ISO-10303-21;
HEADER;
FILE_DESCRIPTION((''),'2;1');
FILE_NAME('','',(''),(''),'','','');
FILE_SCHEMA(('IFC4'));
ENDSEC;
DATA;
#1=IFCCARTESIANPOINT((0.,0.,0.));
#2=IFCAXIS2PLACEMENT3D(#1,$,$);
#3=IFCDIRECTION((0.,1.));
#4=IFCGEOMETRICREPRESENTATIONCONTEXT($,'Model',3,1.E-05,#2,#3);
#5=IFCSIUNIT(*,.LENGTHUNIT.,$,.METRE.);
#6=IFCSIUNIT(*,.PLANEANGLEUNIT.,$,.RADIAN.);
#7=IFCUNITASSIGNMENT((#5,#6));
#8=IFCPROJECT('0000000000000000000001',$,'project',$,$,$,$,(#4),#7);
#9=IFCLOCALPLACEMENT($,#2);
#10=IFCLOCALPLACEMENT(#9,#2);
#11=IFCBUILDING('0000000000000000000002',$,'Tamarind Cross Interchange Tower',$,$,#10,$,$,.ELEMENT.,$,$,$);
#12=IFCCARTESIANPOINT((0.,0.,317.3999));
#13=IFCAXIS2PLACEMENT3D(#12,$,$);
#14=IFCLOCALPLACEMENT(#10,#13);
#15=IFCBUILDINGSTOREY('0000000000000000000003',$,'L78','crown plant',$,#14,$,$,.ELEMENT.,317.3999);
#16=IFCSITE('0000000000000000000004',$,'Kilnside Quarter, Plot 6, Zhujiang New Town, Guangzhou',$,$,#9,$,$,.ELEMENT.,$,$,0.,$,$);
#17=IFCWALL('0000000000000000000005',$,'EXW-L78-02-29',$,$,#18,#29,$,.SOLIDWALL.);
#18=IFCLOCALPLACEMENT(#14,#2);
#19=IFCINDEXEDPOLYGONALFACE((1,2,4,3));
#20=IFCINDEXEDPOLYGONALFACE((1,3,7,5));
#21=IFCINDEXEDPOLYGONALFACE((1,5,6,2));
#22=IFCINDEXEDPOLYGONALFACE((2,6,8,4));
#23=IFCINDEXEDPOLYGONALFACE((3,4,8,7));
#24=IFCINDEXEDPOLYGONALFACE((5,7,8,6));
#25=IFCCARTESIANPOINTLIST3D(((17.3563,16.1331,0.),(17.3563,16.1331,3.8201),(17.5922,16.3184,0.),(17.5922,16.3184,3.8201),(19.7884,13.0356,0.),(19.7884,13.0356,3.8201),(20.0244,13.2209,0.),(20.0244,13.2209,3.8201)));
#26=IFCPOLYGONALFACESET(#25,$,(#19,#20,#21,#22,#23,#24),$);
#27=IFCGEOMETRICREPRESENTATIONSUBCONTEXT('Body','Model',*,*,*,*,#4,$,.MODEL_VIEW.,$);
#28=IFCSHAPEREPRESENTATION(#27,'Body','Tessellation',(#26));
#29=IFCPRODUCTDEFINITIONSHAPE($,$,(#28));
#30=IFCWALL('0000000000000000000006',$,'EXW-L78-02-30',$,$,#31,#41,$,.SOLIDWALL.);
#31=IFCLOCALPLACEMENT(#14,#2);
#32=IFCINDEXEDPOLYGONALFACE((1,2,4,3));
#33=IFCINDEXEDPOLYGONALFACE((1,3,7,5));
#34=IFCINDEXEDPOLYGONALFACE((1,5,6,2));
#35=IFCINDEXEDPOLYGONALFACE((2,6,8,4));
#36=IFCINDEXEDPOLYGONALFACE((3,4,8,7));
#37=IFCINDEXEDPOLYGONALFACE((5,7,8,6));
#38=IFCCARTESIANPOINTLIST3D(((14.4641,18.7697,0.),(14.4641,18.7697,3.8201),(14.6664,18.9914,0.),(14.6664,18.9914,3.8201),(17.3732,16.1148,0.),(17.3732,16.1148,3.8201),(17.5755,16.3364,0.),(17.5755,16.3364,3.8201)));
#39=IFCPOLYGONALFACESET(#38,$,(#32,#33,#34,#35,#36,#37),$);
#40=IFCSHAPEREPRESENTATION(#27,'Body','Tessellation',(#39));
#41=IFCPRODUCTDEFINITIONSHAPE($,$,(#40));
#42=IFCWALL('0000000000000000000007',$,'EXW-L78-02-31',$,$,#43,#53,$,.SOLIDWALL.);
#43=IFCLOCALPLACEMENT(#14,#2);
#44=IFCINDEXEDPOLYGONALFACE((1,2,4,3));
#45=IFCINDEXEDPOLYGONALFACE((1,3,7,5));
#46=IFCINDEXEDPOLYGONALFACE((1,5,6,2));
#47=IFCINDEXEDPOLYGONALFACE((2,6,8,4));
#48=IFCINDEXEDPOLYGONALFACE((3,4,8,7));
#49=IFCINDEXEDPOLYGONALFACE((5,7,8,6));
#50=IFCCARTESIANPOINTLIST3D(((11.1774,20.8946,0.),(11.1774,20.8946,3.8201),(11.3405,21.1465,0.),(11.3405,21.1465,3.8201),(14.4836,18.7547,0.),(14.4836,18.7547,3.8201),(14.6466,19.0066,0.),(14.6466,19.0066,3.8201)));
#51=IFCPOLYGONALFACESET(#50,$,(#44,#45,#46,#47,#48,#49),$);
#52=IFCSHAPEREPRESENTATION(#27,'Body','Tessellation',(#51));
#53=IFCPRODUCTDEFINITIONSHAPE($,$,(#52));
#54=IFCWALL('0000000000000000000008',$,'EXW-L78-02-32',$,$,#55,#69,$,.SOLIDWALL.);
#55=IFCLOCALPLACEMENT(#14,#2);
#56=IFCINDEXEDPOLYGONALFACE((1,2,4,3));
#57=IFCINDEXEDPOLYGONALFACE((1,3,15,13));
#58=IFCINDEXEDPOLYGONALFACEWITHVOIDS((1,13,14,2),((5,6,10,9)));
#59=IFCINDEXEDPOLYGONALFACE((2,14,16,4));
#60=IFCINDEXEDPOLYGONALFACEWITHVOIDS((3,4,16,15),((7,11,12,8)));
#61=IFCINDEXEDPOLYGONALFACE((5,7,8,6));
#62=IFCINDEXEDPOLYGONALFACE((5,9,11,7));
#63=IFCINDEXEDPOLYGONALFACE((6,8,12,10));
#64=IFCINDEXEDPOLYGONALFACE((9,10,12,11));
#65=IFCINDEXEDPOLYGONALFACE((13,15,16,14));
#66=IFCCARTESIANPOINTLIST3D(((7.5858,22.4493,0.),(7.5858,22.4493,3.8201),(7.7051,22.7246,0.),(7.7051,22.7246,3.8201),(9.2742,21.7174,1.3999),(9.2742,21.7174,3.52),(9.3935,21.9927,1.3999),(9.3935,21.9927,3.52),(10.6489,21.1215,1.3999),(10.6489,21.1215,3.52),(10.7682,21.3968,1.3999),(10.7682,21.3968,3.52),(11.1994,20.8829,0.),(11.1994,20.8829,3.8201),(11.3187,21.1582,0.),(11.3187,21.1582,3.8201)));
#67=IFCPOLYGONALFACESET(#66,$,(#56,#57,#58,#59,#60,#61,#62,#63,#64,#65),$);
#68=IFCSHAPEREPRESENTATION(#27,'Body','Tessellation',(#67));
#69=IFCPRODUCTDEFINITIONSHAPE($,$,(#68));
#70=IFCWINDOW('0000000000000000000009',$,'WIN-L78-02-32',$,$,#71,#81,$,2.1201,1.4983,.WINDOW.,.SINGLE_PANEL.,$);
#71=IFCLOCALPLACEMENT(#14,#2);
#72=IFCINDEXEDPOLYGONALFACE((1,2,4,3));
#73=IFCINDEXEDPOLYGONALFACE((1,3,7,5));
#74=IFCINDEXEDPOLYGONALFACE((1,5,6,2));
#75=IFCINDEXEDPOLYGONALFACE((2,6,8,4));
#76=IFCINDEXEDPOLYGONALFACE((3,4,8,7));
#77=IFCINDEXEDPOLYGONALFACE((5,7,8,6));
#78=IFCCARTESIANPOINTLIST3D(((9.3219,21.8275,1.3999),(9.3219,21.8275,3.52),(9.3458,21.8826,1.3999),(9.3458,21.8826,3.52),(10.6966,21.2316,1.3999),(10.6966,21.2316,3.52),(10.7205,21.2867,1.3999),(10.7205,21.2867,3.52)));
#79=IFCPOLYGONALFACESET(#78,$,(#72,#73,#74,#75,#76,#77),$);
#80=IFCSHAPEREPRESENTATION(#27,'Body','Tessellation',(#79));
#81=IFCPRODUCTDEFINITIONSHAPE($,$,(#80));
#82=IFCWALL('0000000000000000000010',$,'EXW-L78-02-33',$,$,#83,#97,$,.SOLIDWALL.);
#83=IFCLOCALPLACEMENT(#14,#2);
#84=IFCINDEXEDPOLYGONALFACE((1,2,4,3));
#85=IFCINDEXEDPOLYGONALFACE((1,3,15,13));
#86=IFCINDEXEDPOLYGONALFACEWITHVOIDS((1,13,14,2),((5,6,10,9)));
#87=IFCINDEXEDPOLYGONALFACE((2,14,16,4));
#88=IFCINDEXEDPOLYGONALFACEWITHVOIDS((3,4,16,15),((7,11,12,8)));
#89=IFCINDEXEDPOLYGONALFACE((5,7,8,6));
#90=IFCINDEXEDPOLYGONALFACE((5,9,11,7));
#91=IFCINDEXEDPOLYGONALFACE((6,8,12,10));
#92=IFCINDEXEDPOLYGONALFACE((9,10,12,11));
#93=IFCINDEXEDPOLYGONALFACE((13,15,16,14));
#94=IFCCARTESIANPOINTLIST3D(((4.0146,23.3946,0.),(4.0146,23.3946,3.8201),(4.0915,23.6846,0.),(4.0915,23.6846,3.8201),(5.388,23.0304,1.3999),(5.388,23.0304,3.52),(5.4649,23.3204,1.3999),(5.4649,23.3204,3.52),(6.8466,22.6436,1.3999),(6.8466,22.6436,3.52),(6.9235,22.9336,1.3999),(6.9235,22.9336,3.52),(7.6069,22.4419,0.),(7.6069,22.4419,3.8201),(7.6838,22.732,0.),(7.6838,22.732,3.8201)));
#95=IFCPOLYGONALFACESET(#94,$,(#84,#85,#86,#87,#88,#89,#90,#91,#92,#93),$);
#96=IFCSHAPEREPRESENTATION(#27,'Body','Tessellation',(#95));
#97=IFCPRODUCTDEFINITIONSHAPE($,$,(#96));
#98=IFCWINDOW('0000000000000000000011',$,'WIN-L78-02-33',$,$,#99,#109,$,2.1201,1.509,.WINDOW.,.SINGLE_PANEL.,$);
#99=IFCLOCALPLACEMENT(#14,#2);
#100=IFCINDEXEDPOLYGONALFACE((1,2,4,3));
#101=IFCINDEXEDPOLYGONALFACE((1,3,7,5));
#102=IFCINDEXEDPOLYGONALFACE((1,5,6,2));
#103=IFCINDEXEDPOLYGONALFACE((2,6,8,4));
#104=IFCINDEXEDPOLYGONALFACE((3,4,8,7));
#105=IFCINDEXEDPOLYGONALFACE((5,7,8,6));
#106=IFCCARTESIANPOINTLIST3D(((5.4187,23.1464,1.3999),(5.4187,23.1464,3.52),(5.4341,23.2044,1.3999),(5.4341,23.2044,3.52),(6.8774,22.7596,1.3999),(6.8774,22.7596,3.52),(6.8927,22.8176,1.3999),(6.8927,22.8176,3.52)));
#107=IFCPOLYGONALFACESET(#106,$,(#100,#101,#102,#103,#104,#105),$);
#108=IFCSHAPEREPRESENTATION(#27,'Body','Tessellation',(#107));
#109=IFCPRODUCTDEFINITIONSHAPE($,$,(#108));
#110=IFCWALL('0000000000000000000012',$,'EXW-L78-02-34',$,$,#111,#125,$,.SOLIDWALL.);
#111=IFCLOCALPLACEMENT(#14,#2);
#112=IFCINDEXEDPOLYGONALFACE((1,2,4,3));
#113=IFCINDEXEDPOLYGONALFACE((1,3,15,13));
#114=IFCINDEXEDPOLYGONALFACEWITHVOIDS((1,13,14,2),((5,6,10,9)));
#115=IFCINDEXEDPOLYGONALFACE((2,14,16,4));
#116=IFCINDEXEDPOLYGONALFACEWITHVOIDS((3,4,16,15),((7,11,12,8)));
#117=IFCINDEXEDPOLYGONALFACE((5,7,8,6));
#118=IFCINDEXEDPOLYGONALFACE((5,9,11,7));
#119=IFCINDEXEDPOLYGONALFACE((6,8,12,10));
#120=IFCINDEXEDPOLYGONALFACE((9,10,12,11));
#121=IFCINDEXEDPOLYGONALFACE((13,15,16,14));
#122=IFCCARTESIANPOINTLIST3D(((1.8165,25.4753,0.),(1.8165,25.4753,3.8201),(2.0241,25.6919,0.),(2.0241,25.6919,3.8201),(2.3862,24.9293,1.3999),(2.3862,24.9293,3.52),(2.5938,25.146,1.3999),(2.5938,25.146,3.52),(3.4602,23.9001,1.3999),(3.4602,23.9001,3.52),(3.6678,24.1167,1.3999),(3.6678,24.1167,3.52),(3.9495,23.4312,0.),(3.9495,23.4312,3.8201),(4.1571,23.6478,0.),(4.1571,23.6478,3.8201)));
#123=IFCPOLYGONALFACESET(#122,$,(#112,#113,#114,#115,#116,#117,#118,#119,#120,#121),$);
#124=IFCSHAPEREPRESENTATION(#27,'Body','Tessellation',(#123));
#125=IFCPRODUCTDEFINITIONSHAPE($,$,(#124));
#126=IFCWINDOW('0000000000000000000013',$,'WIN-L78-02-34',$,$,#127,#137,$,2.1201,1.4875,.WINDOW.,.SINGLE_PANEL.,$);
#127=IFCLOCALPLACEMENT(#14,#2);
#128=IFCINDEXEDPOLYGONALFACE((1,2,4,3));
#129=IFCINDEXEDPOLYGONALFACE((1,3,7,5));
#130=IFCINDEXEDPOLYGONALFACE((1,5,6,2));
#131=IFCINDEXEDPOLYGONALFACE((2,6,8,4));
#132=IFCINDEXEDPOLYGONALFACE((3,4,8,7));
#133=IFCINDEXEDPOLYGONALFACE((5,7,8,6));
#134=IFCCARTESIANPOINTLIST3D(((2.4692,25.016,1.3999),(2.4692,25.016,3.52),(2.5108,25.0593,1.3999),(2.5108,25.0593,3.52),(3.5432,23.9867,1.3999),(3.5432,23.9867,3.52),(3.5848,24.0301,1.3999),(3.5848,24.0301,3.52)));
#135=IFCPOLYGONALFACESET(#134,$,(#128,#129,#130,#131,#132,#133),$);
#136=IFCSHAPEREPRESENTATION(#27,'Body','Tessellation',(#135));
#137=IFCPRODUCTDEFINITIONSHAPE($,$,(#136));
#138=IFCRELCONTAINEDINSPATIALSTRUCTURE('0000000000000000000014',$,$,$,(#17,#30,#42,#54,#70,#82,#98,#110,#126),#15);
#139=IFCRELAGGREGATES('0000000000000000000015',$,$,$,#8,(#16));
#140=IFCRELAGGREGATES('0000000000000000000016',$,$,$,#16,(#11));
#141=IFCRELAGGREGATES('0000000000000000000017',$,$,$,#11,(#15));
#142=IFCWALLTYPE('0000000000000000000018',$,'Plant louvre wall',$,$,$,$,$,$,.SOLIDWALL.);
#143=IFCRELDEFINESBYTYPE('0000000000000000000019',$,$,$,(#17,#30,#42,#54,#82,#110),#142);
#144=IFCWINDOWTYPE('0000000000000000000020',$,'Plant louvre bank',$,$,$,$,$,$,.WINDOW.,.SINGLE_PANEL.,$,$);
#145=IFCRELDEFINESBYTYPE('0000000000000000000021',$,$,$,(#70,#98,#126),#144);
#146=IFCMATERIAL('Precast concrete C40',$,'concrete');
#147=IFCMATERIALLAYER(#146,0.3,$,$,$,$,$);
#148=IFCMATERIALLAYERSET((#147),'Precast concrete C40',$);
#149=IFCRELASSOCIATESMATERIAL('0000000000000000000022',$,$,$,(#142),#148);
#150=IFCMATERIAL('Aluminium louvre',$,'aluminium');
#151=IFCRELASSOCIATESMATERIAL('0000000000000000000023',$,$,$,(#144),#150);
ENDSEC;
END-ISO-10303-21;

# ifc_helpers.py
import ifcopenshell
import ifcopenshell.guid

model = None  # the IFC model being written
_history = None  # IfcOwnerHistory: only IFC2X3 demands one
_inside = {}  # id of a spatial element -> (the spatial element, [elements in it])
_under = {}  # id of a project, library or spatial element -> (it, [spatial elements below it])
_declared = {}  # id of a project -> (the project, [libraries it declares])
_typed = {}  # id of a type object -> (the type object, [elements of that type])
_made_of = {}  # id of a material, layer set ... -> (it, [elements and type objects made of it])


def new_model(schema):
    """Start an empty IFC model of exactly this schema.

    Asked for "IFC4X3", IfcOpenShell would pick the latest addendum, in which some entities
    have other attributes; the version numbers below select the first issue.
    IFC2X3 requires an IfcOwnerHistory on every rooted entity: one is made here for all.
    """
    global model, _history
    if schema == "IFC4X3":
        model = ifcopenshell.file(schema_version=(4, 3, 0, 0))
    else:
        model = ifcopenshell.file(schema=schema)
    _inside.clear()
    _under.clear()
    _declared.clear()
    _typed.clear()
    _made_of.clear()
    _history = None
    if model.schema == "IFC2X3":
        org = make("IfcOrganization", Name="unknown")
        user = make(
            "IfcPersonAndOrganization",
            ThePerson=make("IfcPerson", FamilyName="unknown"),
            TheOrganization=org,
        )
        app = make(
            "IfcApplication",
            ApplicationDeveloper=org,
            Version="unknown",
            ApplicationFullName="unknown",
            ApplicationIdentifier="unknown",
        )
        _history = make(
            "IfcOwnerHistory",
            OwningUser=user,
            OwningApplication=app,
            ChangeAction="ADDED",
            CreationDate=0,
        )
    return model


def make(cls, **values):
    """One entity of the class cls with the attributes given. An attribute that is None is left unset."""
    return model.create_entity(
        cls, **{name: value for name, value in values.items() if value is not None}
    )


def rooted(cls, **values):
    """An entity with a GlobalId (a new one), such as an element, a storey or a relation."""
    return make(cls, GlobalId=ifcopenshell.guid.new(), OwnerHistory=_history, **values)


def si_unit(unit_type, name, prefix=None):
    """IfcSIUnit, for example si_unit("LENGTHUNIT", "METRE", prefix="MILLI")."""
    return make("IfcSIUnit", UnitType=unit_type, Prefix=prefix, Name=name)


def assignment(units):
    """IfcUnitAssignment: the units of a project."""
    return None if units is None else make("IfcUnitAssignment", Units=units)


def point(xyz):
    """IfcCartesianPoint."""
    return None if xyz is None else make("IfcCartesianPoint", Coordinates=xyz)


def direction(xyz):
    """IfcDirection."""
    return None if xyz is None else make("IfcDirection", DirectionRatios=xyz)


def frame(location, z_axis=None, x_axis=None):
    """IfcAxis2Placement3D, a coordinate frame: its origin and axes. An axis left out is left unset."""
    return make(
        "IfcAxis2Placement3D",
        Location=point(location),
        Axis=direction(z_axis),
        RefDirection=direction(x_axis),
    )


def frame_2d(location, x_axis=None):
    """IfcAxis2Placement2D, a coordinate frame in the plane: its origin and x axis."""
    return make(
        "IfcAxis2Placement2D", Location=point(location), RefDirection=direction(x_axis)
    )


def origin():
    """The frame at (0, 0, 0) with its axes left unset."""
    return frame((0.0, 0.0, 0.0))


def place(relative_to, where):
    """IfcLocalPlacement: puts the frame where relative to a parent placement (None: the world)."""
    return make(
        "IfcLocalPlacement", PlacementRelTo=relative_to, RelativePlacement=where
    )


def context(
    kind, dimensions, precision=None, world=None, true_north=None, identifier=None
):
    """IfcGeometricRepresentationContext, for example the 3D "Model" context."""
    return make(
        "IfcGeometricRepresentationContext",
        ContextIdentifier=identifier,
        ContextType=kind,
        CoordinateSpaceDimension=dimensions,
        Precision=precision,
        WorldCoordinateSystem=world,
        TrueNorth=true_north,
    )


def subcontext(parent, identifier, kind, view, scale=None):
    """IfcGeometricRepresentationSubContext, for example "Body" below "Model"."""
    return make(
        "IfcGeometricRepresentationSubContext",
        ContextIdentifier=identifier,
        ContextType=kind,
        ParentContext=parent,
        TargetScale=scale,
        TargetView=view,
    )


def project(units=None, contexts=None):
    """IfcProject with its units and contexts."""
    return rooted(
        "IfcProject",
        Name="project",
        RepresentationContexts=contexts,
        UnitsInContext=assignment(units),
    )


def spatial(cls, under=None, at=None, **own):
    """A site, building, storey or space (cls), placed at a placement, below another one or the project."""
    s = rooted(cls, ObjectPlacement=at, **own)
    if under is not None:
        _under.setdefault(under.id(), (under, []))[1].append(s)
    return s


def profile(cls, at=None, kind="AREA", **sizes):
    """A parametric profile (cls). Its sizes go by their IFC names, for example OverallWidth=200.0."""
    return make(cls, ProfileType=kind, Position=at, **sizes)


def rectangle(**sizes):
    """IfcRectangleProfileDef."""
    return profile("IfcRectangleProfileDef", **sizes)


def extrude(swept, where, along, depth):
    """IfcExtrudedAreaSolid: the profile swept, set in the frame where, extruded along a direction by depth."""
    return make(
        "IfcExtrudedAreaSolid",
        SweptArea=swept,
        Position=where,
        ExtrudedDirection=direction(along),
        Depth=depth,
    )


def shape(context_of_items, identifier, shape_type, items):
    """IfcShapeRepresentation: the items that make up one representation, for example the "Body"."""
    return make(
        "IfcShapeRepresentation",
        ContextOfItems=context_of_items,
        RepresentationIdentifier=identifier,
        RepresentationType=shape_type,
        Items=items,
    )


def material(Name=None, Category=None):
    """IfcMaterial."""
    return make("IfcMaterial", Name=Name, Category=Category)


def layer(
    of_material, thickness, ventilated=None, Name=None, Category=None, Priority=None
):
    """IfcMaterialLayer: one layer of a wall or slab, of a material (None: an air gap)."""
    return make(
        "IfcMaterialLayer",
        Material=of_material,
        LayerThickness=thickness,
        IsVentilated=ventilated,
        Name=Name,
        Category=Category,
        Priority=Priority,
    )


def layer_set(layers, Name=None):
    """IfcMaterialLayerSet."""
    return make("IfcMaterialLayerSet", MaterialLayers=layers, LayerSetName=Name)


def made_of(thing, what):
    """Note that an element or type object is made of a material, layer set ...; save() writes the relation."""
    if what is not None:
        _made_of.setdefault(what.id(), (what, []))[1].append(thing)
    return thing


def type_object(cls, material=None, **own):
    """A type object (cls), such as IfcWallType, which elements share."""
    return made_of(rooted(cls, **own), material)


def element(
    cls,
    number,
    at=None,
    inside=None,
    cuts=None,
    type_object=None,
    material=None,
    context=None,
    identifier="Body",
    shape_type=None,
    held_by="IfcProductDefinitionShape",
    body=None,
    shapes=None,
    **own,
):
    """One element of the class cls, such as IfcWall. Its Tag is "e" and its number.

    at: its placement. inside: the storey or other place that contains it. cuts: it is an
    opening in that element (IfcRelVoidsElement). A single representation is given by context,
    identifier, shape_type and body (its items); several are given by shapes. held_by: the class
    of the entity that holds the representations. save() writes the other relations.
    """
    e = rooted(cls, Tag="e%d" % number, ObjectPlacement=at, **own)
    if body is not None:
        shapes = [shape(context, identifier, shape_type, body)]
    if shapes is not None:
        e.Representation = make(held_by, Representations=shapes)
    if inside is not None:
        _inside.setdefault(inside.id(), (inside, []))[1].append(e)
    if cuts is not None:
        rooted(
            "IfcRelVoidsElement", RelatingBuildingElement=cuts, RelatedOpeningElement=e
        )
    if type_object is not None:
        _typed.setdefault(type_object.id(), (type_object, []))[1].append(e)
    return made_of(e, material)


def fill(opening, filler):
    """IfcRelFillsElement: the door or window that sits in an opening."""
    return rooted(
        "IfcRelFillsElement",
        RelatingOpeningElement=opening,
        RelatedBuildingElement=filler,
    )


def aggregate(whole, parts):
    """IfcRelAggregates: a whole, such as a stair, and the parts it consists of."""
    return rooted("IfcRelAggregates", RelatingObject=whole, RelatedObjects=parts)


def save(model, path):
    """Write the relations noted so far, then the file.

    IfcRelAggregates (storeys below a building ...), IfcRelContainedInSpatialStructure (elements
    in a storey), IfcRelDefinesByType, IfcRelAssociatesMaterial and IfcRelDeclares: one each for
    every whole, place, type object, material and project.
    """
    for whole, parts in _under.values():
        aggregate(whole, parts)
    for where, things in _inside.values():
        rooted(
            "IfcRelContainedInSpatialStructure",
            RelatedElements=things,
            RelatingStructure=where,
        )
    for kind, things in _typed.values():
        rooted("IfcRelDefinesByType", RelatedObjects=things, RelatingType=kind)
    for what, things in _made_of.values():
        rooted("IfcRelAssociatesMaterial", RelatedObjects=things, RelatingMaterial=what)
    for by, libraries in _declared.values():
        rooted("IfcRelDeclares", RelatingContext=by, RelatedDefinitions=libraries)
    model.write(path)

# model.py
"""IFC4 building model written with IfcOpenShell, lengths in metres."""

from ifc_helpers import new_model, si_unit, direction, frame, frame_2d, origin, place, context, subcontext, project, spatial, rectangle, extrude, material, layer, layer_set, type_object, element, fill, save


model = new_model("IFC4")

# Units and contexts
model_context = context("Model", 3, precision=1e-05, world=origin(), true_north=direction((0.0, 1.0)))
body_context = subcontext(model_context, "Body", "Model", "MODEL_VIEW")
ifc_project = project(units=[si_unit("LENGTHUNIT", "METRE"), si_unit("PLANEANGLEUNIT", "RADIAN")], contexts=[model_context])

# Site, building, storey
site_placement = place(None, origin())
site = spatial("IfcSite", under=ifc_project, at=site_placement, Name="Kilnside Quarter, Plot 6, Zhujiang New Town, Guangzhou", CompositionType="ELEMENT", RefElevation=0.0)
building_placement = place(site_placement, origin())
building = spatial("IfcBuilding", under=site, at=building_placement, Name="Tamarind Cross Interchange Tower", CompositionType="ELEMENT")
storey_placement = place(building_placement, frame((0.0, 0.0, 317.3999)))
storey = spatial("IfcBuildingStorey", under=building, at=storey_placement, Name="L78", Description="crown plant", CompositionType="ELEMENT", Elevation=317.3999)

# Walls
ifc_material_1 = material(Name="Precast concrete C40", Category="concrete")
ifc_layer = layer(ifc_material_1, 0.3)
ifc_layer_set = layer_set([ifc_layer], Name="Precast concrete C40")
wall_type = type_object("IfcWallType", Name="Plant louvre wall", PredefinedType="SOLIDWALL", material=ifc_layer_set)
wall_1_placement = place(storey_placement, frame((19.9065, 13.1282, 0.0), z_axis=(0.0, 0.0, 1.0), x_axis=(-0.617578, 0.78651, 0.0)))
element("IfcWall", 1, at=wall_1_placement, inside=storey, type_object=wall_type, Name="EXW-L78-02-29", PredefinedType="SOLIDWALL", context=body_context, shape_type="SweptSolid", body=[
    extrude(rectangle(XDim=3.9382, YDim=0.3, at=frame_2d((1.9692, 0.0))), origin(), (0.0, 0.0, 1.0), 3.8201),
])
wall_2_placement = place(storey_placement, frame((17.4744, 16.2256, 0.0), z_axis=(0.0, 0.0, 1.0), x_axis=(-0.738634, 0.674106, 0.0)))
element("IfcWall", 2, at=wall_2_placement, inside=storey, type_object=wall_type, Name="EXW-L78-02-30", PredefinedType="SOLIDWALL", context=body_context, shape_type="SweptSolid", body=[
    extrude(rectangle(XDim=3.9385, YDim=0.3, at=frame_2d((1.9692, 0.0))), origin(), (0.0, 0.0, 1.0), 3.8201),
])
wall_3_placement = place(storey_placement, frame((14.5652, 18.8806, 0.0), z_axis=(0.0, 0.0, 1.0), x_axis=(-0.839499, 0.543362, 0.0)))
element("IfcWall", 3, at=wall_3_placement, inside=storey, type_object=wall_type, Name="EXW-L78-02-31", PredefinedType="SOLIDWALL", context=body_context, shape_type="SweptSolid", body=[
    extrude(rectangle(XDim=3.9382, YDim=0.3, at=frame_2d((1.9692, 0.0))), origin(), (0.0, 0.0, 1.0), 3.8201),
])

# Walls, openings, windows
wall_4_placement = place(storey_placement, frame((11.259, 21.0205, 0.0), z_axis=(0.0, 0.0, 1.0), x_axis=(-0.917505, 0.397724, 0.0)))
wall_4 = element("IfcWall", 4, at=wall_4_placement, inside=storey, type_object=wall_type, Name="EXW-L78-02-32", PredefinedType="SOLIDWALL", context=body_context, shape_type="SweptSolid", body=[
    extrude(rectangle(XDim=3.9385, YDim=0.3, at=frame_2d((1.9692, 0.0))), origin(), (0.0, 0.0, 1.0), 3.8201),
])
opening_1_placement = place(wall_4_placement, frame((0.6001, 0.0, 1.3999)))
opening_1 = element("IfcOpeningElement", 5, at=opening_1_placement, cuts=wall_4, PredefinedType="OPENING", context=body_context, shape_type="SweptSolid", body=[
    extrude(rectangle(XDim=1.4983, YDim=2.1201, at=frame_2d((0.749, 1.0601))), frame((0.0, 0.1599, 0.0), z_axis=(0.0, -1.0, 0.0), x_axis=(1.0, 0.0, 0.0)), (0.0, 0.0, 1.0), 0.3201),
])
ifc_material_2 = material(Name="Aluminium louvre", Category="aluminium")
window_type = type_object("IfcWindowType", Name="Plant louvre bank", PartitioningType="SINGLE_PANEL", PredefinedType="WINDOW", material=ifc_material_2)
window_1_placement = place(opening_1_placement, origin())
window_1 = element("IfcWindow", 6, at=window_1_placement, inside=storey, type_object=window_type, Name="WIN-L78-02-32", OverallHeight=2.1201, OverallWidth=1.4983, PartitioningType="SINGLE_PANEL", PredefinedType="WINDOW", context=body_context, shape_type="SweptSolid", body=[
    extrude(rectangle(XDim=1.4983, YDim=2.1201, at=frame_2d((0.749, 1.0601))), frame((0.0, 0.03, 0.0), z_axis=(0.0, -1.0, 0.0), x_axis=(1.0, 0.0, 0.0)), (0.0, 0.0, 1.0), 0.0601),
])
fill(opening_1, window_1)
wall_5_placement = place(storey_placement, frame((7.6455, 22.5869, 0.0), z_axis=(0.0, 0.0, 1.0), x_axis=(-0.966589, 0.256329, 0.0)))
wall_5 = element("IfcWall", 7, at=wall_5_placement, inside=storey, type_object=wall_type, Name="EXW-L78-02-33", PredefinedType="SOLIDWALL", context=body_context, shape_type="SweptSolid", body=[
    extrude(rectangle(XDim=3.7166, YDim=0.3, at=frame_2d((1.8584, 0.0))), origin(), (0.0, 0.0, 1.0), 3.8201),
])
opening_2_placement = place(wall_5_placement, frame((0.7869, 0.0, 1.3999)))
opening_2 = element("IfcOpeningElement", 8, at=opening_2_placement, cuts=wall_5, PredefinedType="OPENING", context=body_context, shape_type="SweptSolid", body=[
    extrude(rectangle(XDim=1.509, YDim=2.1201, at=frame_2d((0.7544, 1.0601))), frame((0.0, 0.1599, 0.0), z_axis=(0.0, -1.0, 0.0), x_axis=(1.0, 0.0, 0.0)), (0.0, 0.0, 1.0), 0.3201),
])
window_2_placement = place(opening_2_placement, origin())
window_2 = element("IfcWindow", 9, at=window_2_placement, inside=storey, type_object=window_type, Name="WIN-L78-02-33", OverallHeight=2.1201, OverallWidth=1.509, PartitioningType="SINGLE_PANEL", PredefinedType="WINDOW", context=body_context, shape_type="SweptSolid", body=[
    extrude(rectangle(XDim=1.509, YDim=2.1201, at=frame_2d((0.7544, 1.0601))), frame((0.0, 0.03, 0.0), z_axis=(0.0, -1.0, 0.0), x_axis=(1.0, 0.0, 0.0)), (0.0, 0.0, 1.0), 0.0601),
])
fill(opening_2, window_2)
wall_6_placement = place(storey_placement, frame((4.0532, 23.5396, 0.0), z_axis=(0.0, 0.0, 1.0), x_axis=(-0.721986, 0.691907, 0.0)))
wall_6 = element("IfcWall", 10, at=wall_6_placement, inside=storey, type_object=wall_type, Name="EXW-L78-02-34", PredefinedType="SOLIDWALL", context=body_context, shape_type="SweptSolid", body=[
    extrude(rectangle(XDim=2.9543, YDim=0.3, at=frame_2d((1.4771, 0.0))), origin(), (0.0, 0.0, 1.0), 3.8201),
])
opening_3_placement = place(wall_6_placement, frame((0.6777, 0.0, 1.3999)))
opening_3 = element("IfcOpeningElement", 11, at=opening_3_placement, cuts=wall_6, PredefinedType="OPENING", context=body_context, shape_type="SweptSolid", body=[
    extrude(rectangle(XDim=1.4875, YDim=2.1201, at=frame_2d((0.7437, 1.0601))), frame((0.0, 0.1599, 0.0), z_axis=(0.0, -1.0, 0.0), x_axis=(1.0, 0.0, 0.0)), (0.0, 0.0, 1.0), 0.3201),
])
window_3_placement = place(opening_3_placement, origin())
window_3 = element("IfcWindow", 12, at=window_3_placement, inside=storey, type_object=window_type, Name="WIN-L78-02-34", OverallHeight=2.1201, OverallWidth=1.4875, PartitioningType="SINGLE_PANEL", PredefinedType="WINDOW", context=body_context, shape_type="SweptSolid", body=[
    extrude(rectangle(XDim=1.4875, YDim=2.1201, at=frame_2d((0.7437, 1.0601))), frame((0.0, 0.03, 0.0), z_axis=(0.0, -1.0, 0.0), x_axis=(1.0, 0.0, 0.0)), (0.0, 0.0, 1.0), 0.0601),
])
fill(opening_3, window_3)

save(model, "model.ifc")
